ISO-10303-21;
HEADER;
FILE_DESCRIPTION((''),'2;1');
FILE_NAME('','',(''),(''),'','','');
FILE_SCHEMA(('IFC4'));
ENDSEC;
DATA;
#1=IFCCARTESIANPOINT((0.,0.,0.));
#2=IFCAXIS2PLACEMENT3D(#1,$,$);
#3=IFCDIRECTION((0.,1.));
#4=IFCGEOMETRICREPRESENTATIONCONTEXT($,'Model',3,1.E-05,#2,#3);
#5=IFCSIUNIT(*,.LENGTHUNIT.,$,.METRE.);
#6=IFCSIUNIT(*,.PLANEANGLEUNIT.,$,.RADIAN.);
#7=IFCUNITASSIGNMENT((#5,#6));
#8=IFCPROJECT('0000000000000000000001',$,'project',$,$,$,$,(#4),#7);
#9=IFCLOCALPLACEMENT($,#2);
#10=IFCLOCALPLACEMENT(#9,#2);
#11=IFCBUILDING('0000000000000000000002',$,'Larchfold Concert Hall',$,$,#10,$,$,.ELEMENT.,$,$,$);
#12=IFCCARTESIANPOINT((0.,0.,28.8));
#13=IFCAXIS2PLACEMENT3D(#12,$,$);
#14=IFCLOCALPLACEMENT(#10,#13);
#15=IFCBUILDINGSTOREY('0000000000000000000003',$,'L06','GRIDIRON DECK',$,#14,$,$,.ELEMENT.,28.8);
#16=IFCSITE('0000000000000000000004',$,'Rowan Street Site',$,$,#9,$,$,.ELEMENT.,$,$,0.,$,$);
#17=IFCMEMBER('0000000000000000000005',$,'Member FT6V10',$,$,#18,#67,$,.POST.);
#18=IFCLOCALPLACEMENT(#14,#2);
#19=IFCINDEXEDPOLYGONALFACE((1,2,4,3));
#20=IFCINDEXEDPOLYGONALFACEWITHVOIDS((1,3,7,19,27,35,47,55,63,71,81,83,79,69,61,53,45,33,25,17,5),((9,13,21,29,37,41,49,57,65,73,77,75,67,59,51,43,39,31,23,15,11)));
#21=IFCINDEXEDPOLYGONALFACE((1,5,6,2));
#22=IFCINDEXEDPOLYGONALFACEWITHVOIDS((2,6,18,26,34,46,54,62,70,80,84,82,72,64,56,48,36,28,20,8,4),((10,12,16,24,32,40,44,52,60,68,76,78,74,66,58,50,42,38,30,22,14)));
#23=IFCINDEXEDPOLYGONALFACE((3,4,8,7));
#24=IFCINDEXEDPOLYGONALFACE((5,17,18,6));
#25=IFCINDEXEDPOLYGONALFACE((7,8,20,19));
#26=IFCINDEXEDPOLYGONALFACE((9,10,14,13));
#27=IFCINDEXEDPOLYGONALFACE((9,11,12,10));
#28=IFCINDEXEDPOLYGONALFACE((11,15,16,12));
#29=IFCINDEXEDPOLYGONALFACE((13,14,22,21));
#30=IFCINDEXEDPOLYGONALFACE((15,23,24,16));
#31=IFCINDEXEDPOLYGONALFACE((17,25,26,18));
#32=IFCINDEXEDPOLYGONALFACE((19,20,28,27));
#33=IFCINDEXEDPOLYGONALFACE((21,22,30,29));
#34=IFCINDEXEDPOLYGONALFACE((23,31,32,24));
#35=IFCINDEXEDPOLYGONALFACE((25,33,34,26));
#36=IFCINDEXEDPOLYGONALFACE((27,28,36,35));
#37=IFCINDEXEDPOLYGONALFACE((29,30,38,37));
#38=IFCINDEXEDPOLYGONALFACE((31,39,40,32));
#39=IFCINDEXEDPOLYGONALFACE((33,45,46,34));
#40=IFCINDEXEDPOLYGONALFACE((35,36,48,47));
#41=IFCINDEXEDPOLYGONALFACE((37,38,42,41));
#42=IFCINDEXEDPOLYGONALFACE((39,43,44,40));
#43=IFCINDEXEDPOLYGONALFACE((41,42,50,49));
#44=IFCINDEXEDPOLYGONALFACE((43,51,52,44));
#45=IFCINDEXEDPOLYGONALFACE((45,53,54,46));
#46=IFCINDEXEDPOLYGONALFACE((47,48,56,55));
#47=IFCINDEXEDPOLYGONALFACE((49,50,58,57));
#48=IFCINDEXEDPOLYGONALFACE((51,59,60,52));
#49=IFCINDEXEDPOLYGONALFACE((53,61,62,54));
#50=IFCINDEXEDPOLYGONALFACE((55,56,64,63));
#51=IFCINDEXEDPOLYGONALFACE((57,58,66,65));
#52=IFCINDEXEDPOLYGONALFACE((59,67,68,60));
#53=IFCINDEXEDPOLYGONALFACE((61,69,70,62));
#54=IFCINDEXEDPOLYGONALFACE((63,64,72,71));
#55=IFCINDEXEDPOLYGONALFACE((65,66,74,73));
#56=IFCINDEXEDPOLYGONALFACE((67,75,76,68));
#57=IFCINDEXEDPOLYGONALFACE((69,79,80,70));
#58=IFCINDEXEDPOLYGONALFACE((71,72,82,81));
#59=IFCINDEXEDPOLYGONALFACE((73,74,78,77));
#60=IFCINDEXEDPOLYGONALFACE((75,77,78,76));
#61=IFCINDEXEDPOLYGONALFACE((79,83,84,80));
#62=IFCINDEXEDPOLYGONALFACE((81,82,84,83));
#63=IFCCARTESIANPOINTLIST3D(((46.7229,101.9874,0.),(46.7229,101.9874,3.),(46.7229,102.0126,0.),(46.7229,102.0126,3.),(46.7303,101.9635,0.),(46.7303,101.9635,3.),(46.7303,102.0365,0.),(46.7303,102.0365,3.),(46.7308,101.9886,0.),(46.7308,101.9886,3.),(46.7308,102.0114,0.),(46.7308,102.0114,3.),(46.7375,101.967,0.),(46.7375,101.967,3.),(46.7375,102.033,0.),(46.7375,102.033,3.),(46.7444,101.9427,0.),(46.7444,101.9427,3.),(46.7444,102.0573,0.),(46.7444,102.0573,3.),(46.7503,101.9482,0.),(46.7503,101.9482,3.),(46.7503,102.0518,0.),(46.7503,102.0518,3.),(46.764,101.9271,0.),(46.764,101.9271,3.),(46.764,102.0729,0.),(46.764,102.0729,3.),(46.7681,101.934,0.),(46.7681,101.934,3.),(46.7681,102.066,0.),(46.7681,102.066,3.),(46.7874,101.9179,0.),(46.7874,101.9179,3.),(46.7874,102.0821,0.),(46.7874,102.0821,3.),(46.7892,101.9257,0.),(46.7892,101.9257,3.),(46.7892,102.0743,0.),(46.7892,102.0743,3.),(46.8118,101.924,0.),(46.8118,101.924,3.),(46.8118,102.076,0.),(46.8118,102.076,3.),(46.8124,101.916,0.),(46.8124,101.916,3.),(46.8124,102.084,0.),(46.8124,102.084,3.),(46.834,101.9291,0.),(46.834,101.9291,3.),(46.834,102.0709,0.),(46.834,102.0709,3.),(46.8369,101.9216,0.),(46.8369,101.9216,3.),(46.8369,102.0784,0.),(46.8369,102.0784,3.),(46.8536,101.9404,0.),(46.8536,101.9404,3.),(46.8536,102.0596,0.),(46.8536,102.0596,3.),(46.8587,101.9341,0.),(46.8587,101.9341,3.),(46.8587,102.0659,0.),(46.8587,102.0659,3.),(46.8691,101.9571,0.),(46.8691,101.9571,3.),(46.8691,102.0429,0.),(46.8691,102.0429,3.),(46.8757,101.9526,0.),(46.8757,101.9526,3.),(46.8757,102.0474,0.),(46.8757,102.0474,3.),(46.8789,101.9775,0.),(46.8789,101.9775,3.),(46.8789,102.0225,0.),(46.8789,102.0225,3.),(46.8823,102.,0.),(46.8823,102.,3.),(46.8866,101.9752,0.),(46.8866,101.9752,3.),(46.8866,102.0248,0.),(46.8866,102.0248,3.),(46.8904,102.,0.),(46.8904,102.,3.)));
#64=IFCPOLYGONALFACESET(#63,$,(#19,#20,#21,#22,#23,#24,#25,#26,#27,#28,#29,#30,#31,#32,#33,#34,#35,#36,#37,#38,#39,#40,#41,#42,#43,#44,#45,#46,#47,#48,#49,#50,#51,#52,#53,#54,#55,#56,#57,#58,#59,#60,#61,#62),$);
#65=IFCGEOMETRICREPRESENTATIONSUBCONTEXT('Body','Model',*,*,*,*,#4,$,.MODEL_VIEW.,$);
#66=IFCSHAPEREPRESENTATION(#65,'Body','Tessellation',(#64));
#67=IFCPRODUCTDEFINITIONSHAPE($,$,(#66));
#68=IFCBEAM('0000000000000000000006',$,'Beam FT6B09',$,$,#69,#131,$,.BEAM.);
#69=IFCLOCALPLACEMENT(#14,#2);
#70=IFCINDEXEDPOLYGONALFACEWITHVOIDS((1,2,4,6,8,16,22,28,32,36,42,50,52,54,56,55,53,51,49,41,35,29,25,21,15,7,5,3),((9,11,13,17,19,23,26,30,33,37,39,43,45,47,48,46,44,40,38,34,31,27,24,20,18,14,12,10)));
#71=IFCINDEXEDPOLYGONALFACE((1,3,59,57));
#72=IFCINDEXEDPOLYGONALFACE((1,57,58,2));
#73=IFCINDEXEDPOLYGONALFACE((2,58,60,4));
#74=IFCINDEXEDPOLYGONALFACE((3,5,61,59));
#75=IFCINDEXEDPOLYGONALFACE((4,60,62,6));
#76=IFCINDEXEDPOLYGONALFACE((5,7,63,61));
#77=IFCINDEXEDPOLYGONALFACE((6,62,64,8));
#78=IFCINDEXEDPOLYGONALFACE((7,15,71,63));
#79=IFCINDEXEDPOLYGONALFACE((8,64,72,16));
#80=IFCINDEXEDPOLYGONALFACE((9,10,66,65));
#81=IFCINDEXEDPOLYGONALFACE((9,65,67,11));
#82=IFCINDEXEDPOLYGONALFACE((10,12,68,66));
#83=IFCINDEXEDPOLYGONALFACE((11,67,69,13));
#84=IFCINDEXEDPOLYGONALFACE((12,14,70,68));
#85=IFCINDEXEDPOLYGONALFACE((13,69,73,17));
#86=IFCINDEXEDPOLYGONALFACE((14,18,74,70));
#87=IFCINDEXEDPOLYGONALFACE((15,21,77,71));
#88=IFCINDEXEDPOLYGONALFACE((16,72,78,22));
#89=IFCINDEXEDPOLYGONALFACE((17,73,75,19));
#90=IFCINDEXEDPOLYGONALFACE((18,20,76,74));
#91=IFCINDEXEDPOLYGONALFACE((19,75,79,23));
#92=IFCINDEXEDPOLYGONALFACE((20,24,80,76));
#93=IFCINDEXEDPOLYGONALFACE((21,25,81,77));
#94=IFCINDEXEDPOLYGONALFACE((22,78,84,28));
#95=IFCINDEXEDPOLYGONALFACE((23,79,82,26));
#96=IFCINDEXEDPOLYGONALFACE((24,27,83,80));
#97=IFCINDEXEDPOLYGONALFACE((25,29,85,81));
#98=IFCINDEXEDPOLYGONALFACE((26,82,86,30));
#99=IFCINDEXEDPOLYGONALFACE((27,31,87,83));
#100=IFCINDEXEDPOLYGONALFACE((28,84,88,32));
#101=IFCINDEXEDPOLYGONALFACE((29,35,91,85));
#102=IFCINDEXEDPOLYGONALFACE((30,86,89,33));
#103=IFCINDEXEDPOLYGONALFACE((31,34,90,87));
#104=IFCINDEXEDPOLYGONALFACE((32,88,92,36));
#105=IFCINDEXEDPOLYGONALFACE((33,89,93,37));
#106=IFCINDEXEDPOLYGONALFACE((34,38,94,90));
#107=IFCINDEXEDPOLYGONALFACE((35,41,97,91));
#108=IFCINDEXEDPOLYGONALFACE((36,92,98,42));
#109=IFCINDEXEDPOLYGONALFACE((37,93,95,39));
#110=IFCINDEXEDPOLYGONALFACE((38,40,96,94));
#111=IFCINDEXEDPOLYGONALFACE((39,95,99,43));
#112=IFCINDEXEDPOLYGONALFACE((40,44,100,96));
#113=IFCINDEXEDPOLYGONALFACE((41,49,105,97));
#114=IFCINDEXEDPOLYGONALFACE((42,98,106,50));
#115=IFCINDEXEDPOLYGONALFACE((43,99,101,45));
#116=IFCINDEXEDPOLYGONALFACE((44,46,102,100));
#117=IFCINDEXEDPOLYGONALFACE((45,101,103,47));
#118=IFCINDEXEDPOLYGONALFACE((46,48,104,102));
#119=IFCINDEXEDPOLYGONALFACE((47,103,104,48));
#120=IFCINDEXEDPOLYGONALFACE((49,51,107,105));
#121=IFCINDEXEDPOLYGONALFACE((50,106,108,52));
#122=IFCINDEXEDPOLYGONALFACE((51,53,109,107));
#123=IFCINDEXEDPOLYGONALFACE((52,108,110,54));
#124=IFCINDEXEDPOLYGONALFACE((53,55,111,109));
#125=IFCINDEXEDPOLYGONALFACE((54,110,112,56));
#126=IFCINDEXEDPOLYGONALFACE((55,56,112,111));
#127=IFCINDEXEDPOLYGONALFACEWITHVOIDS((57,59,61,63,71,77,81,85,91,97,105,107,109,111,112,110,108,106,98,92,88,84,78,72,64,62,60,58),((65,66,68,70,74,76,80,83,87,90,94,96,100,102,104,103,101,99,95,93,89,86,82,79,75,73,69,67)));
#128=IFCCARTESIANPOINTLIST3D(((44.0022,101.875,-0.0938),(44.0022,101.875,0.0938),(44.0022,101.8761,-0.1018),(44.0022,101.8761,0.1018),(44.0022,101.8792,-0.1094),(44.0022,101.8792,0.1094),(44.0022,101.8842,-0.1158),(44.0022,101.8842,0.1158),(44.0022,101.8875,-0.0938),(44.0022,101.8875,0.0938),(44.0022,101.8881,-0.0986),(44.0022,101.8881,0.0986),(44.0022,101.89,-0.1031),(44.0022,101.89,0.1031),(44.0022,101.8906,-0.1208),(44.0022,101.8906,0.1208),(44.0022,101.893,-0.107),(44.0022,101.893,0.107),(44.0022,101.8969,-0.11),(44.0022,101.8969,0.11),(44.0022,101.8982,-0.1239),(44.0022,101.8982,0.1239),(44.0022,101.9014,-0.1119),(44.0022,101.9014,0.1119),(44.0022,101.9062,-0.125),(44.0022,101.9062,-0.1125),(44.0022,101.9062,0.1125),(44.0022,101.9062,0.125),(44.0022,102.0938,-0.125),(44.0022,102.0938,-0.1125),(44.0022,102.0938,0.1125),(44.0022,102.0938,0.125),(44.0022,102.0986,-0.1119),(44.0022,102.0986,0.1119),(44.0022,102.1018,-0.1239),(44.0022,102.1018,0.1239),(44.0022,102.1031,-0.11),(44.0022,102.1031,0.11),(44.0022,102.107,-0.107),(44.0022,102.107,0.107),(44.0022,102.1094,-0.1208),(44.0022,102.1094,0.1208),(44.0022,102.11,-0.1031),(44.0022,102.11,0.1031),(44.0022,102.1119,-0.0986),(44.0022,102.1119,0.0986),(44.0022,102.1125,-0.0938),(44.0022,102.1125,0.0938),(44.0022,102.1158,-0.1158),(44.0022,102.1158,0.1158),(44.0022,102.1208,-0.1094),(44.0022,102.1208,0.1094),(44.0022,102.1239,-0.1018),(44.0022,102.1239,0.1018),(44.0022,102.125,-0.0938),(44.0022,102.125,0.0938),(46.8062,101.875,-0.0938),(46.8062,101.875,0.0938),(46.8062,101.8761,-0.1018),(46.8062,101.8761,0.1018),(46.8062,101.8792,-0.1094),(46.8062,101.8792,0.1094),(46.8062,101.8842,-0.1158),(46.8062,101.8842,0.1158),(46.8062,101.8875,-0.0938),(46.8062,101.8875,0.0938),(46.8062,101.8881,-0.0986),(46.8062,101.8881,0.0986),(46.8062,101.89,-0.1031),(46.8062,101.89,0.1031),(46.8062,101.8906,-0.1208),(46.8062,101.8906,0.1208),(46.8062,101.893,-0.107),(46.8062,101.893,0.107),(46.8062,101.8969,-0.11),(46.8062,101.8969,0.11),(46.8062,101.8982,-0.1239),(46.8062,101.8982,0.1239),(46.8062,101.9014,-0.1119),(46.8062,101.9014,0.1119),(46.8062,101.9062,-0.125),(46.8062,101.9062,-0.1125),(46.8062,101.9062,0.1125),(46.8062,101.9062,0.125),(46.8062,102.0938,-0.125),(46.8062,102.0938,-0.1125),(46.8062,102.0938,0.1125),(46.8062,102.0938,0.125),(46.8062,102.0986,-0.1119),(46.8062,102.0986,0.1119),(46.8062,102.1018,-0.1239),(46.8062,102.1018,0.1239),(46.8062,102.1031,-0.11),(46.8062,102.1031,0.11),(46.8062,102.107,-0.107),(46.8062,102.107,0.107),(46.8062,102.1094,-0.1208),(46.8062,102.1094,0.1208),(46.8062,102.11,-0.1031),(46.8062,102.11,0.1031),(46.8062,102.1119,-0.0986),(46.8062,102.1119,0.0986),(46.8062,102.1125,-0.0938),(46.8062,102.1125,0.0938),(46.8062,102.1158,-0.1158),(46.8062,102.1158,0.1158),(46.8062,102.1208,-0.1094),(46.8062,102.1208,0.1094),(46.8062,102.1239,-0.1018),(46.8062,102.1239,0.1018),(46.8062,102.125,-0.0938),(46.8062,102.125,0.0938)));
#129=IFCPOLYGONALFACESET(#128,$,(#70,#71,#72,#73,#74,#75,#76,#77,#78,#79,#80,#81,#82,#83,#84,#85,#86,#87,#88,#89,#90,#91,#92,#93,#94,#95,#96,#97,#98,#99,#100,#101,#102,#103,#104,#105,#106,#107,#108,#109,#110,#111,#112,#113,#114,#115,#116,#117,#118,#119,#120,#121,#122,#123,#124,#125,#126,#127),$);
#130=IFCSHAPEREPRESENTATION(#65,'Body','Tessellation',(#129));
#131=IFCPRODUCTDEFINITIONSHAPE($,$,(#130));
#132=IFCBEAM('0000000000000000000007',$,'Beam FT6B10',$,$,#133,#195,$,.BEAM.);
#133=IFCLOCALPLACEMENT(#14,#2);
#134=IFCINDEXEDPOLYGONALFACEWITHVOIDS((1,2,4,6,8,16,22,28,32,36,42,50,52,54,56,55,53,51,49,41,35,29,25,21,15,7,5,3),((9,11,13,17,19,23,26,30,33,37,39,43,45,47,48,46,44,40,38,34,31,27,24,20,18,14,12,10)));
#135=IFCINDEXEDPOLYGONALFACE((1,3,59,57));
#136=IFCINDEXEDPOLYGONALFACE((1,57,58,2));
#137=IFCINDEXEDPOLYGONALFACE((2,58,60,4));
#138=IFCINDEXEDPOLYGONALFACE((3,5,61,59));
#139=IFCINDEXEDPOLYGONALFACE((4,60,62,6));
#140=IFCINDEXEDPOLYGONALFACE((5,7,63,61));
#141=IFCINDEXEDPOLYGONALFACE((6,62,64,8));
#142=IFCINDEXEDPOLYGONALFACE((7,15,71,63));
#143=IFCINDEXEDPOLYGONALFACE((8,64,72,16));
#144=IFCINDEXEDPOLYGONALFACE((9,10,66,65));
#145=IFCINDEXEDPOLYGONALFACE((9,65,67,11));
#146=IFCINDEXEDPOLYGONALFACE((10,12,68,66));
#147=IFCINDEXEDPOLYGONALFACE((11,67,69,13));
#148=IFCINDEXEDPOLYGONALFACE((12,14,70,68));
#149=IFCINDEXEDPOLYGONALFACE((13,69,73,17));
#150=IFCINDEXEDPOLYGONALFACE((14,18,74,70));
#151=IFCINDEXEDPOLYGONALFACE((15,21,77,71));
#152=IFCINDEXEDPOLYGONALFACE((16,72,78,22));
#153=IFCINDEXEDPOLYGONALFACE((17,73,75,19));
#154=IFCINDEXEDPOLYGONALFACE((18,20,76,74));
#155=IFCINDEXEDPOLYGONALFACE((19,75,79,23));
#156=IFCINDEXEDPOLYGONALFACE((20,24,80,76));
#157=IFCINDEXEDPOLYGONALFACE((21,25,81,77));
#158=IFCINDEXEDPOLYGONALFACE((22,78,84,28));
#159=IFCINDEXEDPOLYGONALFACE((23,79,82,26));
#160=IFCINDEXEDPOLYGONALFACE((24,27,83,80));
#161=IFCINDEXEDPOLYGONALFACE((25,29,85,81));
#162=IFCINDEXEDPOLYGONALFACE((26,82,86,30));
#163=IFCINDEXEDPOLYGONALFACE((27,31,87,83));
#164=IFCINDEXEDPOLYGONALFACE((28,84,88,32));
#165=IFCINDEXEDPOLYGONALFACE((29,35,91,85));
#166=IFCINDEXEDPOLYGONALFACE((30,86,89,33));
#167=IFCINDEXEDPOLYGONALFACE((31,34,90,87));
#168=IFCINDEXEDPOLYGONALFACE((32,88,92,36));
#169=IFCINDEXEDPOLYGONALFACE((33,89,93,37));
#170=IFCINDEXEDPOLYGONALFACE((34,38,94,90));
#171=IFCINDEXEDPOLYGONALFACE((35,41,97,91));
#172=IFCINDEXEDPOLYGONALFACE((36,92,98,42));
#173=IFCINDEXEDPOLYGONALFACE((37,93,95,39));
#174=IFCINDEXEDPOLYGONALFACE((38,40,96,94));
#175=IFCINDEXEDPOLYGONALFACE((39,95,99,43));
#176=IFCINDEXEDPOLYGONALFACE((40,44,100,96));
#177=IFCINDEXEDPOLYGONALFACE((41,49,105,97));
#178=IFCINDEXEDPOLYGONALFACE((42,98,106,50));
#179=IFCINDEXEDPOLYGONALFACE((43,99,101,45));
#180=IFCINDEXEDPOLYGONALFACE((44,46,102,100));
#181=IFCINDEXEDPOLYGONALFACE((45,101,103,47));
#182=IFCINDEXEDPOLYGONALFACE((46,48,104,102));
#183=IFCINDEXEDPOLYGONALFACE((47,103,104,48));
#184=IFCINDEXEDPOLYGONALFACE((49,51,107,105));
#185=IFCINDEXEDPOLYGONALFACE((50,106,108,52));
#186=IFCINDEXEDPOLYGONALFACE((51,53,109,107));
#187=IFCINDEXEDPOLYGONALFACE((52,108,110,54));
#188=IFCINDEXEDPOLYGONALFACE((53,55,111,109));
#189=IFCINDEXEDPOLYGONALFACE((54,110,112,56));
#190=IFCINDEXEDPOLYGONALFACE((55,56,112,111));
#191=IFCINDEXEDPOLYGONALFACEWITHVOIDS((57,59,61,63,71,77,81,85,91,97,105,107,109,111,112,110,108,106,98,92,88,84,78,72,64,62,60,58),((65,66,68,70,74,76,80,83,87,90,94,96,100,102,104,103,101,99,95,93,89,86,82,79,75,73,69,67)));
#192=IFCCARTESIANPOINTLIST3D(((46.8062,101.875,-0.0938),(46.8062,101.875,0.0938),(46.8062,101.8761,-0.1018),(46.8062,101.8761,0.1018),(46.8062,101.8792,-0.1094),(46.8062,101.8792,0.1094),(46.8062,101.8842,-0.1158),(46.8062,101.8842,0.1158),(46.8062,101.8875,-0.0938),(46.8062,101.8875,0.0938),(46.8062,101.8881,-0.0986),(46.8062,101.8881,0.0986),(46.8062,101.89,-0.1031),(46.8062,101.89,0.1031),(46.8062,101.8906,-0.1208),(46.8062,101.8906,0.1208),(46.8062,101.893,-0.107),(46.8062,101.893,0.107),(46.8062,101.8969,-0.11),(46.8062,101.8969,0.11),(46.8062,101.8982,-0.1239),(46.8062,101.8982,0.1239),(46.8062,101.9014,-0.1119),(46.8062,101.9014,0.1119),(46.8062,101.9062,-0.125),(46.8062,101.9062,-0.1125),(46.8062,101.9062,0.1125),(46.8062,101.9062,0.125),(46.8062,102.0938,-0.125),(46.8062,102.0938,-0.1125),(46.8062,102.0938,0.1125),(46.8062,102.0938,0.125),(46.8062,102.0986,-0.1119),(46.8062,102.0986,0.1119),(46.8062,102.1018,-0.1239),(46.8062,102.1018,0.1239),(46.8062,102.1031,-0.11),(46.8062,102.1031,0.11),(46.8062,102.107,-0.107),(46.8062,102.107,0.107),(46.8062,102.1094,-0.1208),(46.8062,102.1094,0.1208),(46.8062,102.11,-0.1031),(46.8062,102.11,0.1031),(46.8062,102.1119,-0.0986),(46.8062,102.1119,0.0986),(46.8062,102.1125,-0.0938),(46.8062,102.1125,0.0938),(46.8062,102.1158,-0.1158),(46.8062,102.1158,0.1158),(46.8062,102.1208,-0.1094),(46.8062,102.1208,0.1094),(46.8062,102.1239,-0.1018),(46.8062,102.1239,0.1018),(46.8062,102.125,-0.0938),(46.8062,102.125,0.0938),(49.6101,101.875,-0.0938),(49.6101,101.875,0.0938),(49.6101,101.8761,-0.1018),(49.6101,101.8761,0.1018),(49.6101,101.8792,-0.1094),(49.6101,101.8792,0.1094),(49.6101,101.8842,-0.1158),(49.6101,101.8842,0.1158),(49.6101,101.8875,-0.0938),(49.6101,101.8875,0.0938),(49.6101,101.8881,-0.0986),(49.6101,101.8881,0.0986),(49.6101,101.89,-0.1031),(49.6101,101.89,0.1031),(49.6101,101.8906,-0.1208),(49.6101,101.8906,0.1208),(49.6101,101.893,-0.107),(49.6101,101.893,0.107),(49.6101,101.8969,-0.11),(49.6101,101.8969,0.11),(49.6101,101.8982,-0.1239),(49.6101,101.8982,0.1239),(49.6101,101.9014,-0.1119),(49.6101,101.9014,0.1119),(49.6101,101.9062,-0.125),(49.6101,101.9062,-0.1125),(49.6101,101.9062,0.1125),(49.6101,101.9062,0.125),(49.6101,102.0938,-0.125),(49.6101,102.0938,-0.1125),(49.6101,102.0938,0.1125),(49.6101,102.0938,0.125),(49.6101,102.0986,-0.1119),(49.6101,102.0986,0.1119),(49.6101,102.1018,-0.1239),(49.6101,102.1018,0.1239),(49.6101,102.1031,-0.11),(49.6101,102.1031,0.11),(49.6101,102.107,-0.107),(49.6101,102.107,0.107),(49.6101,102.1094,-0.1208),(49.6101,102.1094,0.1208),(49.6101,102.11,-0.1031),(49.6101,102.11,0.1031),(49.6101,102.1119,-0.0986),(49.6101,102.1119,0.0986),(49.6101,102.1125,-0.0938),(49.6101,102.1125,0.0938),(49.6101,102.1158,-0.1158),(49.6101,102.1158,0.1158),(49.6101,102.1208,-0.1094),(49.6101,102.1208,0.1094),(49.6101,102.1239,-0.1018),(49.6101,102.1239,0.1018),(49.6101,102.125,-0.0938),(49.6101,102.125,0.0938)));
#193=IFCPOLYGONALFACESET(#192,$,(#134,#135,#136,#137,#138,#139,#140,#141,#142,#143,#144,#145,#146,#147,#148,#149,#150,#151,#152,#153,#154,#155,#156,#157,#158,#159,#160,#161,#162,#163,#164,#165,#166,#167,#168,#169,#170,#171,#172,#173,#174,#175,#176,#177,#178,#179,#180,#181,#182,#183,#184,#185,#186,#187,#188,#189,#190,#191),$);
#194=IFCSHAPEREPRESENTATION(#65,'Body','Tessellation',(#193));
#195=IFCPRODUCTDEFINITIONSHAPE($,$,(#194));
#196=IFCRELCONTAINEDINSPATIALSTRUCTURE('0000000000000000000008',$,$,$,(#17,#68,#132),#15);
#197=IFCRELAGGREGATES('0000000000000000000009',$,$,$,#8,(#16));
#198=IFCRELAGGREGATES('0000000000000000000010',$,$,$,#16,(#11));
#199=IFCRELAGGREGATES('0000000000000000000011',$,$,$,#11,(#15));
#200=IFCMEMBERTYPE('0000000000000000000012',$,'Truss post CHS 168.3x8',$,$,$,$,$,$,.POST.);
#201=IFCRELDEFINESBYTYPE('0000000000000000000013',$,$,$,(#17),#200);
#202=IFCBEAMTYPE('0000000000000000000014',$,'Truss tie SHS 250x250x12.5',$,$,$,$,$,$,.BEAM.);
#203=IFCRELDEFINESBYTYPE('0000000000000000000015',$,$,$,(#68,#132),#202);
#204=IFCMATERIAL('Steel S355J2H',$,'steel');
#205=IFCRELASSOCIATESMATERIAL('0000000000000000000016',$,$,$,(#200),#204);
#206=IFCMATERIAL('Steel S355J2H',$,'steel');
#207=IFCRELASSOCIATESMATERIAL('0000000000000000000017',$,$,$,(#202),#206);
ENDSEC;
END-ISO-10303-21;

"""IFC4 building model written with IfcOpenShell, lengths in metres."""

from ifc_helpers import new_model, si_unit, direction, frame, origin, origin_2d, place, context, subcontext, project, spatial, hollow_rectangle, hollow_circle, extrude, material, material_profile, profile_set, type_object, element, save


model = new_model("IFC4")

# Units and contexts
model_context = context("Model", 3, precision=1e-05, world=origin(), true_north=direction((0.0, 1.0)))
body_context = subcontext(model_context, "Body", "Model", "MODEL_VIEW")
ifc_project = project(units=[si_unit("LENGTHUNIT", "METRE"), si_unit("PLANEANGLEUNIT", "RADIAN")], contexts=[model_context])

# Site, building, storey
site_placement = place(None, origin())
site = spatial("IfcSite", under=ifc_project, at=site_placement, Name="Rowan Street Site", CompositionType="ELEMENT", RefElevation=0.0)
building_placement = place(site_placement, origin())
building = spatial("IfcBuilding", under=site, at=building_placement, Name="Larchfold Concert Hall", CompositionType="ELEMENT")
storey_placement = place(building_placement, frame((0.0, 0.0, 28.8)))
storey = spatial("IfcBuildingStorey", under=building, at=storey_placement, Name="L06", Description="GRIDIRON DECK", CompositionType="ELEMENT", Elevation=28.8)

# Member
ifc_material_1 = material(Name="Steel S355J2H", Category="steel")
ifc_material_profile_1 = material_profile(ifc_material_1, hollow_circle(Radius=0.0842, WallThickness=0.0081, at=origin_2d()))
ifc_profile_set_1 = profile_set([ifc_material_profile_1], Name="Steel S355J2H")
member_type_1 = type_object("IfcMemberType", Name="Truss post CHS 168.3x8", PredefinedType="POST", material=ifc_profile_set_1)
for number, where, z_axis, x_axis, name in (
    (1, (46.8062, 102.0, 3.0), (0.0, 0.0, -1.0), (1.0, 0.0, 0.0), "Member FT6V10"),
):
    element("IfcMember", number, at=place(storey_placement, frame(where, z_axis=z_axis, x_axis=x_axis)), inside=storey, type_object=member_type_1, Name=name, PredefinedType="POST", context=body_context, shape_type="SweptSolid", body=[
        extrude(hollow_circle(Radius=0.0842, WallThickness=0.0081, at=origin_2d()), origin(), (0.0, 0.0, 1.0), 3.0),
    ])

# Beams
ifc_material_2 = material(Name="Steel S355J2H", Category="steel")
ifc_material_profile_2 = material_profile(ifc_material_2, hollow_rectangle(XDim=0.25, YDim=0.25, WallThickness=0.0125, InnerFilletRadius=0.0188, OuterFilletRadius=0.0312, at=origin_2d()))
ifc_profile_set_2 = profile_set([ifc_material_profile_2], Name="Steel S355J2H")
beam_type_1 = type_object("IfcBeamType", Name="Truss tie SHS 250x250x12.5", PredefinedType="BEAM", material=ifc_profile_set_2)
for number, where, z_axis, x_axis, name in (
    (2, (44.0022, 102.0, 0.0), (1.0, 0.0, 0.0), (0.0, 1.0, 0.0), "Beam FT6B09"),
    (3, (46.8062, 102.0, 0.0), (1.0, 0.0, 0.0), (0.0, 1.0, 0.0), "Beam FT6B10"),
):
    element("IfcBeam", number, at=place(storey_placement, frame(where, z_axis=z_axis, x_axis=x_axis)), inside=storey, type_object=beam_type_1, Name=name, PredefinedType="BEAM", context=body_context, shape_type="SweptSolid", body=[
        extrude(hollow_rectangle(XDim=0.25, YDim=0.25, WallThickness=0.0125, InnerFilletRadius=0.0188, OuterFilletRadius=0.0312, at=origin_2d()), origin(), (0.0, 0.0, 1.0), 2.804),
    ])

save(model, "model.ifc")
